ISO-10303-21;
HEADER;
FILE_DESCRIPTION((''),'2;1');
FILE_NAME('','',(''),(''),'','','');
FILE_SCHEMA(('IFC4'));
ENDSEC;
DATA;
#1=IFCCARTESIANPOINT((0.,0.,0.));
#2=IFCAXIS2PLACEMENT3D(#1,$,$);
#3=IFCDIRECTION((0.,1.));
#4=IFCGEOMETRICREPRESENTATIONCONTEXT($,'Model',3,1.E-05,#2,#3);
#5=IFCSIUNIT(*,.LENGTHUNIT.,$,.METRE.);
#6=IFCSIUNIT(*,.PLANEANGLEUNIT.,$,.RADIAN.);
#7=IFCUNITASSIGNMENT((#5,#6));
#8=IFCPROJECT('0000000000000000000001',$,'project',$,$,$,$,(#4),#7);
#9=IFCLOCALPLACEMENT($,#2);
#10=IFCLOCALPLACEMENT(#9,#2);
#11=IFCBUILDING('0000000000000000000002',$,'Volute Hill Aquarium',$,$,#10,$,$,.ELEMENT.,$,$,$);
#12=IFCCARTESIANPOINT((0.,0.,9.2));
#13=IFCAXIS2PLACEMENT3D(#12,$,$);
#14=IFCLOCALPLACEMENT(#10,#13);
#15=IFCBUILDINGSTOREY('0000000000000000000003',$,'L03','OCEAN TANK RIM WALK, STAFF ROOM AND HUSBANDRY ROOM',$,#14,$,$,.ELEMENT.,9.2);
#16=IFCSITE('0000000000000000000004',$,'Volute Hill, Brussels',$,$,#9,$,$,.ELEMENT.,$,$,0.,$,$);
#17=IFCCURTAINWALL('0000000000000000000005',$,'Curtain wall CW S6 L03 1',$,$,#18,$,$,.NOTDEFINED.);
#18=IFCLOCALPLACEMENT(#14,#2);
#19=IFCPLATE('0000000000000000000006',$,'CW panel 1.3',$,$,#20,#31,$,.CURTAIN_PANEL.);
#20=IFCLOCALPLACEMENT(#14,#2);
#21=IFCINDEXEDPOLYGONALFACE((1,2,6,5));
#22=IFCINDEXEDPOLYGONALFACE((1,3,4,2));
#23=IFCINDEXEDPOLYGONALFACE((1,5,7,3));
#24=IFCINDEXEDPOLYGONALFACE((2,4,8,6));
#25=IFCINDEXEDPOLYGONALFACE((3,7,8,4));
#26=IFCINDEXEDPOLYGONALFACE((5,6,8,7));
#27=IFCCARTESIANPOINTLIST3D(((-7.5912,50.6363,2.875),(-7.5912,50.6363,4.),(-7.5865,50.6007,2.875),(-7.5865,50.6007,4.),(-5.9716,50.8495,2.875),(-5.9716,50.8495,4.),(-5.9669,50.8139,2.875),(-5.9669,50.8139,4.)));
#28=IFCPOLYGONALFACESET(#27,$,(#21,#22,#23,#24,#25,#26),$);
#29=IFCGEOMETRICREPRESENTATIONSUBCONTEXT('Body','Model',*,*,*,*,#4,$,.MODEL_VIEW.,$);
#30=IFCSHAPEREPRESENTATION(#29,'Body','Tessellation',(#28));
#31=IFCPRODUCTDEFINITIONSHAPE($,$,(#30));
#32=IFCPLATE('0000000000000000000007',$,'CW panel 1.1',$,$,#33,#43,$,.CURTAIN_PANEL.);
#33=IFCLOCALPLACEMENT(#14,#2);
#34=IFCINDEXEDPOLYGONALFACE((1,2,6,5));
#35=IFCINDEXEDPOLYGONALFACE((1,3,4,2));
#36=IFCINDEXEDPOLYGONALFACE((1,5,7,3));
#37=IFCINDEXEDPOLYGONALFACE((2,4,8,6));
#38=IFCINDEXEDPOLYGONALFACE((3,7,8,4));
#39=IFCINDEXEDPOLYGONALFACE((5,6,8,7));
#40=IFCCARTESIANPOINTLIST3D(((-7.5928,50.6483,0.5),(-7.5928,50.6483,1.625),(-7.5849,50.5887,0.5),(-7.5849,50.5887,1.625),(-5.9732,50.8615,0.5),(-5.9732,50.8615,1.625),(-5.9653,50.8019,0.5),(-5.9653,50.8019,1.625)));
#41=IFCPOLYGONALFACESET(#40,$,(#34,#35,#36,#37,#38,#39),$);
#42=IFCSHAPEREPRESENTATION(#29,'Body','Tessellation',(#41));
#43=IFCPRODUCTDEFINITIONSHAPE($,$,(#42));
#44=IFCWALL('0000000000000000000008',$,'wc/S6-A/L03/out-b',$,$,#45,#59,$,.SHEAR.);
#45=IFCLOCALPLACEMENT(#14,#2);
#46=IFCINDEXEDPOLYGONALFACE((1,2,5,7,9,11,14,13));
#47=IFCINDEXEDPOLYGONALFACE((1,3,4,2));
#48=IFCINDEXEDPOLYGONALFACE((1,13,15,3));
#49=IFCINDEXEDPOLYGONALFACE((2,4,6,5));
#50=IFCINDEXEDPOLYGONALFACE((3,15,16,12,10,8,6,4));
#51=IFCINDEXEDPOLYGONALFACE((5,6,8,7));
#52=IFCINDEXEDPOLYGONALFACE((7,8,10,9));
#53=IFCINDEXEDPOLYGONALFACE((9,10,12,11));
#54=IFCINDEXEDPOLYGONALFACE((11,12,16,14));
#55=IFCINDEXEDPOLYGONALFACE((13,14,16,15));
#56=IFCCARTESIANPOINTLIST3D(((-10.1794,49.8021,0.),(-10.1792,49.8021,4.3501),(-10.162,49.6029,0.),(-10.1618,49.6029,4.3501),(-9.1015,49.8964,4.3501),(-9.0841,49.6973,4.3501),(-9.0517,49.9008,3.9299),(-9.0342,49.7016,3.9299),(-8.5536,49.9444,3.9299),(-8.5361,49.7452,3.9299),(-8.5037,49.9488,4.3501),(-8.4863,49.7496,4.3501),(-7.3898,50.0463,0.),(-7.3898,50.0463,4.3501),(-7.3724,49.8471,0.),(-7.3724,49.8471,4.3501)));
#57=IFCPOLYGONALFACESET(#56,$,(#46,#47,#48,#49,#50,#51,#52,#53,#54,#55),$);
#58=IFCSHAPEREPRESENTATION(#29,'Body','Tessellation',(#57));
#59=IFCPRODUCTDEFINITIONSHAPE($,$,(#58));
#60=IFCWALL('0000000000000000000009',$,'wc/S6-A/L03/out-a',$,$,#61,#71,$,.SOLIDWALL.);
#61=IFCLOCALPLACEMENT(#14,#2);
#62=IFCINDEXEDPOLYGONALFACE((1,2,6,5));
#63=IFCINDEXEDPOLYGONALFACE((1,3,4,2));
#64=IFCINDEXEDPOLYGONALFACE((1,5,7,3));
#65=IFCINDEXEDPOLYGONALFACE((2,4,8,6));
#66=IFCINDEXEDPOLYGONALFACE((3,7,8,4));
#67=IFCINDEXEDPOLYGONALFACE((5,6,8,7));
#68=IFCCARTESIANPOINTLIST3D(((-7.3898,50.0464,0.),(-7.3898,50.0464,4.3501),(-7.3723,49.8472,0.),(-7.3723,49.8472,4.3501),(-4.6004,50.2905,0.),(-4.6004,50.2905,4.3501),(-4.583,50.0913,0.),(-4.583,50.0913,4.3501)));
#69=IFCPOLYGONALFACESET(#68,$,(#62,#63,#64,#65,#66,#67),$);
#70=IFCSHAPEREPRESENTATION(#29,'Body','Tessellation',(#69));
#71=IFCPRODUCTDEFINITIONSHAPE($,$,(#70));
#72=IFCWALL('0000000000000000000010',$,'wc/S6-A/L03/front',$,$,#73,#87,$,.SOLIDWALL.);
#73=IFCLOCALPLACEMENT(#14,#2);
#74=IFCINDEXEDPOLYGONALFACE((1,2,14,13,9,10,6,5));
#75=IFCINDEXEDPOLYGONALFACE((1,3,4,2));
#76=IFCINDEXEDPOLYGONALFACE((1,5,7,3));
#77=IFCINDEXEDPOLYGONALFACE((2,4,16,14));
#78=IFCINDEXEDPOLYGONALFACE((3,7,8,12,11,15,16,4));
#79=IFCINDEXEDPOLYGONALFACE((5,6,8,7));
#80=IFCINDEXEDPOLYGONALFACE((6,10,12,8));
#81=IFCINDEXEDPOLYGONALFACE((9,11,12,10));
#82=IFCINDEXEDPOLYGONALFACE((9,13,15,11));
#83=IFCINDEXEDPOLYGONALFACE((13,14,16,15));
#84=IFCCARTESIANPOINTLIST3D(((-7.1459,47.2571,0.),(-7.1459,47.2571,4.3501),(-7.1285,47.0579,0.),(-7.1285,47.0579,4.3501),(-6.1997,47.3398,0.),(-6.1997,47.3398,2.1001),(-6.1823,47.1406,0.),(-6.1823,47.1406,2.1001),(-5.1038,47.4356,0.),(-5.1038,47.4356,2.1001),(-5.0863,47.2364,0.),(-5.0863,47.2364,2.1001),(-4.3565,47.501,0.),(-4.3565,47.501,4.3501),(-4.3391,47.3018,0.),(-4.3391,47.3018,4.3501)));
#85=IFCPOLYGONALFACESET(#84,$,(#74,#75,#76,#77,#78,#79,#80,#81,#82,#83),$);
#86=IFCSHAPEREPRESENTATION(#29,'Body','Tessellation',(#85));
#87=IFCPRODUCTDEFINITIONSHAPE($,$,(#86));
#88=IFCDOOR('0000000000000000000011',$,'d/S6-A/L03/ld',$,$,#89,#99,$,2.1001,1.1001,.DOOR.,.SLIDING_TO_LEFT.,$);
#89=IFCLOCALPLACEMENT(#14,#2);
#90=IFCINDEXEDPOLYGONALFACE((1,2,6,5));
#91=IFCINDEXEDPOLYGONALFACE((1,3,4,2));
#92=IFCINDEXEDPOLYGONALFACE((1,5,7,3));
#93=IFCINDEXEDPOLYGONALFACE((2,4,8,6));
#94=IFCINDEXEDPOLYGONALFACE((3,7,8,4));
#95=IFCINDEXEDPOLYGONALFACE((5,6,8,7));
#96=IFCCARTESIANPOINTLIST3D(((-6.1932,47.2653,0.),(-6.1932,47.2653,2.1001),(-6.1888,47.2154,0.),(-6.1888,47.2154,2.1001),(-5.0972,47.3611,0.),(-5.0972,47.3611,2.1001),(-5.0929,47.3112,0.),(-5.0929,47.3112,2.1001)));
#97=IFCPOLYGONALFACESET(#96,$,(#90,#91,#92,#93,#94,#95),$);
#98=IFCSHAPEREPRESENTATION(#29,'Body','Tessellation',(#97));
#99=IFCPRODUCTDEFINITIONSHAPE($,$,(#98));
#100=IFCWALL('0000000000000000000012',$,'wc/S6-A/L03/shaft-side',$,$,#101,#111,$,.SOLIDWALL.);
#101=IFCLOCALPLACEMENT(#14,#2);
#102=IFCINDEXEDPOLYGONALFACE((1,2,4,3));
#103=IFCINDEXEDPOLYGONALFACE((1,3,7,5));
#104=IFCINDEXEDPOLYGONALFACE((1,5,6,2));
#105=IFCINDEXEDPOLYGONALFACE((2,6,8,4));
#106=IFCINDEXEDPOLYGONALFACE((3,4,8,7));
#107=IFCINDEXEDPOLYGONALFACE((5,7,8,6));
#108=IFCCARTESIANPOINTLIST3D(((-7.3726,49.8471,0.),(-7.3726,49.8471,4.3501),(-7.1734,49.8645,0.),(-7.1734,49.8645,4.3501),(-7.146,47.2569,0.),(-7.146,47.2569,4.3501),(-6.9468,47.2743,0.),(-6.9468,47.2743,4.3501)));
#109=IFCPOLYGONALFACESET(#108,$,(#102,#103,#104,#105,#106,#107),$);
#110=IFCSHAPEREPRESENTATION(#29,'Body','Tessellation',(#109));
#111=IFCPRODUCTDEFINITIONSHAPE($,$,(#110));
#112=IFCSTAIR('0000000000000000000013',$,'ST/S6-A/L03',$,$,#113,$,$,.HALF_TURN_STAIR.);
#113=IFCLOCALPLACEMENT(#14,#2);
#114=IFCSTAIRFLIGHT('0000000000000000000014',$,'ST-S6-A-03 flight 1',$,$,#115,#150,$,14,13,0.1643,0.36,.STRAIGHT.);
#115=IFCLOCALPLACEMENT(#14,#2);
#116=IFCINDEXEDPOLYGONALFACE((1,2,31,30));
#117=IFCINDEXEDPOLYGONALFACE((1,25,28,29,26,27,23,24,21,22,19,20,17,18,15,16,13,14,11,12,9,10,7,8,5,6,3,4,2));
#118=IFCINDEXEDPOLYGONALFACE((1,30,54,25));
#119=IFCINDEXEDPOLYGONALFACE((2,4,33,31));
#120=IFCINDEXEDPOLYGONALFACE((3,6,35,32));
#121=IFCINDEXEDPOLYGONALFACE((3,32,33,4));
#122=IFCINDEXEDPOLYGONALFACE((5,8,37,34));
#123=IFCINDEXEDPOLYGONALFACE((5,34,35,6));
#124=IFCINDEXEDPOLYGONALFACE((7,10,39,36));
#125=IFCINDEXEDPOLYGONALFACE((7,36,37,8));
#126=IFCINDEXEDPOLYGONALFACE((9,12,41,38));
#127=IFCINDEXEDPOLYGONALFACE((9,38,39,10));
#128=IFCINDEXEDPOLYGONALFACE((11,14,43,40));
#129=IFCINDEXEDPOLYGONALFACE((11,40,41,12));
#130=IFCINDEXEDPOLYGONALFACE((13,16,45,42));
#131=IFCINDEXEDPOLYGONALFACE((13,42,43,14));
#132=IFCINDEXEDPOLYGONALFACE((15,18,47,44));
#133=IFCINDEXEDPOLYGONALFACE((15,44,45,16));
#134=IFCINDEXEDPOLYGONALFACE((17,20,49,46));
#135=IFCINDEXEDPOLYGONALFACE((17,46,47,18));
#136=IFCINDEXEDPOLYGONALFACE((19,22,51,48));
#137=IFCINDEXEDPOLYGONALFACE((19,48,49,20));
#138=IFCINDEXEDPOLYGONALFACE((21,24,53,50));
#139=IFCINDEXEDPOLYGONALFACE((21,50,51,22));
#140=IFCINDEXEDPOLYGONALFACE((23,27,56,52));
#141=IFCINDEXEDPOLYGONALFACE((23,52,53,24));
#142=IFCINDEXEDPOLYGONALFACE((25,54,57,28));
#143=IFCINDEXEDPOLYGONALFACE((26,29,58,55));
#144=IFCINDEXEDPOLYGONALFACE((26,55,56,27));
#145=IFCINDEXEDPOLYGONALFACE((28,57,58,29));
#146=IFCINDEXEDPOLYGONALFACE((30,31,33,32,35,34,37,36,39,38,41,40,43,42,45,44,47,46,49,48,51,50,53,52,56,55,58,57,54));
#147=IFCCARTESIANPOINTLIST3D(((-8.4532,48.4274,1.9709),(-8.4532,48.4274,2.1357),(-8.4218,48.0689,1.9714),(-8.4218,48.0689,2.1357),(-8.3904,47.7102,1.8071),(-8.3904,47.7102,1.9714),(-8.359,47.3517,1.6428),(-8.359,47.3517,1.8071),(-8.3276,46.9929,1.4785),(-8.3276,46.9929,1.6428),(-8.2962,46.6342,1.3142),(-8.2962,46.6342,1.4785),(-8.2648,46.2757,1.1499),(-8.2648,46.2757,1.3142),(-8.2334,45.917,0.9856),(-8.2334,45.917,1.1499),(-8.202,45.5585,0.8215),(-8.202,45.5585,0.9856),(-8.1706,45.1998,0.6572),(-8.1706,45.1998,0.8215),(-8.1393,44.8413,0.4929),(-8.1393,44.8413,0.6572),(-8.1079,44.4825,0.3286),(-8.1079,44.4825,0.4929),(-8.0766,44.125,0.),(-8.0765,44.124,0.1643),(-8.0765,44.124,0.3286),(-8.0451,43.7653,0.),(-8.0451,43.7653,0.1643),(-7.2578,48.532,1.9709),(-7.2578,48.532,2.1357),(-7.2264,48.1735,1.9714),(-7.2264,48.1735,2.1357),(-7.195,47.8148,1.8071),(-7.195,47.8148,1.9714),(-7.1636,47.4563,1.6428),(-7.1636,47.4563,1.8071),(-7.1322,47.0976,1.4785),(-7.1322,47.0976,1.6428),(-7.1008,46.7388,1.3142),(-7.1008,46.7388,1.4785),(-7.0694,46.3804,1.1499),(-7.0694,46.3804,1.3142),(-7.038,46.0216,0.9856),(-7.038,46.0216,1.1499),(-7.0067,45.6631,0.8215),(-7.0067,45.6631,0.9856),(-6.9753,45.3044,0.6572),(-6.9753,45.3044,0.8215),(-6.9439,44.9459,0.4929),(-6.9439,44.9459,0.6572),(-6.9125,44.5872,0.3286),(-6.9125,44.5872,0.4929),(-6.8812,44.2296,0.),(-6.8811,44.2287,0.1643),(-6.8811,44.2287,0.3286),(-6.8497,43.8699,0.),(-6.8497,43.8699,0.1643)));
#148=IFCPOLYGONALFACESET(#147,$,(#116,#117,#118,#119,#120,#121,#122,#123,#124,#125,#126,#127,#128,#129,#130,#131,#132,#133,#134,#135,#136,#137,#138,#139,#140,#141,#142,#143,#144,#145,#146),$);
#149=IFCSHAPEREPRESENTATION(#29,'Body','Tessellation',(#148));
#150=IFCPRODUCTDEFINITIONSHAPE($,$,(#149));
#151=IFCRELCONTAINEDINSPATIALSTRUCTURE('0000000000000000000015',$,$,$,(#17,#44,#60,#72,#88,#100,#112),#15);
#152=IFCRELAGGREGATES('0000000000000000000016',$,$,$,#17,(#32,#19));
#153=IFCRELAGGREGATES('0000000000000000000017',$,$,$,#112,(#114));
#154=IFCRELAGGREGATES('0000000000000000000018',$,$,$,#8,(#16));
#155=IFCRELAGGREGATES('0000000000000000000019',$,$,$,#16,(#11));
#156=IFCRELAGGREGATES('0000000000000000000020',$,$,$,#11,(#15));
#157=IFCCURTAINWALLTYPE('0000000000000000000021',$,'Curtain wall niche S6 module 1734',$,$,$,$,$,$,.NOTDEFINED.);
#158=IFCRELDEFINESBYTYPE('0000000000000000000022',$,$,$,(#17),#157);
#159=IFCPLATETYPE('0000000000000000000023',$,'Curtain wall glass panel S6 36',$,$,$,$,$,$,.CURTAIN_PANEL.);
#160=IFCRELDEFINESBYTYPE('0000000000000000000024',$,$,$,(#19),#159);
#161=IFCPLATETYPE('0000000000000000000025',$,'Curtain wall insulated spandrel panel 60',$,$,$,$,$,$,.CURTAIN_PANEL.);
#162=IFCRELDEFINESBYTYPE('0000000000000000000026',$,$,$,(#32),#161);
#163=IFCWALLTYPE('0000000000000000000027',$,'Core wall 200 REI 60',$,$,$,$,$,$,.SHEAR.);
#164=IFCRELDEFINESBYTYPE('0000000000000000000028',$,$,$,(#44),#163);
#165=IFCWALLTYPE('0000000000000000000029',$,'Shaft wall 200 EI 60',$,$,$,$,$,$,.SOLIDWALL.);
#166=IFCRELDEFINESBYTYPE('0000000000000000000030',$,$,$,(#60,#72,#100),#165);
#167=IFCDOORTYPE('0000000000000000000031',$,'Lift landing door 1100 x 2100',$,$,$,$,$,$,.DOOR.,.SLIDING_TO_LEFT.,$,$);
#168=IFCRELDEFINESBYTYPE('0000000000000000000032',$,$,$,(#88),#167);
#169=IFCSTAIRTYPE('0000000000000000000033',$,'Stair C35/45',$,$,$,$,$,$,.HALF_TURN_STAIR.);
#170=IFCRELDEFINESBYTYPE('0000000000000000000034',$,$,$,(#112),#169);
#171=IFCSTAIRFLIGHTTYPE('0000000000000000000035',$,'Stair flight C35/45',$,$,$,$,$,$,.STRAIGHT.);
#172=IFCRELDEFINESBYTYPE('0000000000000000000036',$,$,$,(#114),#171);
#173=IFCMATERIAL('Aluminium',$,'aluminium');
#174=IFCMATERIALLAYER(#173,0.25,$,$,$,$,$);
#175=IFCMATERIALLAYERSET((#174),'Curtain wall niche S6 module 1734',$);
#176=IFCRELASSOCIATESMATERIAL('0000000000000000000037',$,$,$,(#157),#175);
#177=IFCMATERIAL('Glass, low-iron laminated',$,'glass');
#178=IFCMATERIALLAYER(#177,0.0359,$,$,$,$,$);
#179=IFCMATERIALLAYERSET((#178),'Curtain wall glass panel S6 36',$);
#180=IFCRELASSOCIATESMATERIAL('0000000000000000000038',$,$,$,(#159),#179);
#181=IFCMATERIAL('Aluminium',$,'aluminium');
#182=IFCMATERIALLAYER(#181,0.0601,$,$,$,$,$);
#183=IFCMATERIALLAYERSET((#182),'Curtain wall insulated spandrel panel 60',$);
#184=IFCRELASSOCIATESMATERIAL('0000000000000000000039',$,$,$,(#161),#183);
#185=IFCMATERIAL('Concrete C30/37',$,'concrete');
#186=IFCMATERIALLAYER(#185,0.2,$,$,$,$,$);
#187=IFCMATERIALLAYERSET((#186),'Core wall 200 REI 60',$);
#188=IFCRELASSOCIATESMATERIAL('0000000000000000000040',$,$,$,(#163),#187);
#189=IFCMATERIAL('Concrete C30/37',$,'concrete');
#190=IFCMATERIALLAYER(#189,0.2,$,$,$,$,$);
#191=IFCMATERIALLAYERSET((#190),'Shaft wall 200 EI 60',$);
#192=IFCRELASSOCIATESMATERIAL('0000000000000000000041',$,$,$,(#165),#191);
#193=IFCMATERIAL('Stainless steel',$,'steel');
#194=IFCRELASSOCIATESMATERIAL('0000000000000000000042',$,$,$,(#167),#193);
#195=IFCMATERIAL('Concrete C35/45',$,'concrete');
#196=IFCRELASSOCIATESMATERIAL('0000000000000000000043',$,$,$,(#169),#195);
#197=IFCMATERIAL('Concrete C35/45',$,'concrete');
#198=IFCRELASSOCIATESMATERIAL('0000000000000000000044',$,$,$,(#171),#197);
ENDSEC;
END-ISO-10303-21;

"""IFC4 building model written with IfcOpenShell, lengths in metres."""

from ifc_helpers import new_model, si_unit, direction, frame, frame_2d, origin, origin_2d, place, context, subcontext, project, spatial, polyline, rectangle, outline, extrude, material, layer, layer_set, type_object, element, fill, aggregate, save


model = new_model("IFC4")

# Units and contexts
model_context = context("Model", 3, precision=1e-05, world=origin(), true_north=direction((0.0, 1.0)))
body_context = subcontext(model_context, "Body", "Model", "MODEL_VIEW")
ifc_project = project(units=[si_unit("LENGTHUNIT", "METRE"), si_unit("PLANEANGLEUNIT", "RADIAN")], contexts=[model_context])

# Site, building, storey
site_placement = place(None, origin())
site = spatial("IfcSite", under=ifc_project, at=site_placement, Name="Volute Hill, Brussels", CompositionType="ELEMENT", RefElevation=0.0)
building_placement = place(site_placement, origin())
building = spatial("IfcBuilding", under=site, at=building_placement, Name="Volute Hill Aquarium", CompositionType="ELEMENT")
storey_placement = place(building_placement, frame((0.0, 0.0, 9.2)))
storey = spatial("IfcBuildingStorey", under=building, at=storey_placement, Name="L03", Description="OCEAN TANK RIM WALK, STAFF ROOM AND HUSBANDRY ROOM", CompositionType="ELEMENT", Elevation=9.2)

# Curtain wall
ifc_material_1 = material(Name="Aluminium", Category="aluminium")
ifc_layer_1 = layer(ifc_material_1, 0.25)
ifc_layer_set_1 = layer_set([ifc_layer_1], Name="Curtain wall niche S6 module 1734")
curtain_wall_type = type_object("IfcCurtainWallType", Name="Curtain wall niche S6 module 1734", PredefinedType="NOTDEFINED", material=ifc_layer_set_1)
curtain_wall_placement = place(storey_placement, origin())
curtain_wall = element("IfcCurtainWall", 1, at=curtain_wall_placement, inside=storey, type_object=curtain_wall_type, Name="Curtain wall CW S6 L03 1", PredefinedType="NOTDEFINED")

# Plates
ifc_material_2 = material(Name="Glass, low-iron laminated", Category="glass")
ifc_layer_2 = layer(ifc_material_2, 0.0359)
ifc_layer_set_2 = layer_set([ifc_layer_2], Name="Curtain wall glass panel S6 36")
plate_type_1 = type_object("IfcPlateType", Name="Curtain wall glass panel S6 36", PredefinedType="CURTAIN_PANEL", material=ifc_layer_set_2)
plate_1_placement = place(storey_placement, frame((-6.7791, 50.7251, 2.875), z_axis=(0.0, 0.0, 1.0), x_axis=(-0.991445, -0.130524, 0.0)))
plate_1 = element("IfcPlate", 2, at=plate_1_placement, type_object=plate_type_1, Name="CW panel 1.3", PredefinedType="CURTAIN_PANEL", context=body_context, shape_type="SweptSolid", body=[
    extrude(rectangle(XDim=1.6335, YDim=0.0359, at=origin_2d()), origin(), (0.0, 0.0, 1.0), 1.125),
])
ifc_material_3 = material(Name="Aluminium", Category="aluminium")
ifc_layer_3 = layer(ifc_material_3, 0.0601)
ifc_layer_set_3 = layer_set([ifc_layer_3], Name="Curtain wall insulated spandrel panel 60")
plate_type_2 = type_object("IfcPlateType", Name="Curtain wall insulated spandrel panel 60", PredefinedType="CURTAIN_PANEL", material=ifc_layer_set_3)
plate_2_placement = place(storey_placement, frame((-6.7791, 50.7251, 0.5), z_axis=(0.0, 0.0, 1.0), x_axis=(-0.991445, -0.130524, 0.0)))
plate_2 = element("IfcPlate", 3, at=plate_2_placement, type_object=plate_type_2, Name="CW panel 1.1", PredefinedType="CURTAIN_PANEL", context=body_context, shape_type="SweptSolid", body=[
    extrude(rectangle(XDim=1.6335, YDim=0.0601, at=origin_2d()), origin(), (0.0, 0.0, 1.0), 1.125),
])
aggregate(curtain_wall, [plate_2, plate_1])

# Walls
ifc_material_4 = material(Name="Concrete C30/37", Category="concrete")
ifc_layer_4 = layer(ifc_material_4, 0.2)
ifc_layer_set_4 = layer_set([ifc_layer_4], Name="Core wall 200 REI 60")
wall_type_1 = type_object("IfcWallType", Name="Core wall 200 REI 60", PredefinedType="SHEAR", material=ifc_layer_set_4)
wall_1_placement = place(storey_placement, frame((-7.3811, 49.9468, 0.0), z_axis=(0.0, 0.0, 1.0), x_axis=(-0.996192, -0.087186, 0.0)))
element("IfcWall", 4, at=wall_1_placement, inside=storey, type_object=wall_type_1, Name="wc/S6-A/L03/out-b", PredefinedType="SHEAR", context=body_context, shape_type="SweptSolid", body=[
    extrude(outline(polyline([(0.0, 0.0), (2.8003, 0.0), (2.8, 4.3501), (1.7183, 4.3501), (1.6682, 3.9299), (1.1682, 3.9299), (1.1182, 4.3501), (0.0, 4.3501), (0.0, 0.0)])), frame((0.0, 0.1001, 0.0), z_axis=(0.0, -1.0, 0.0), x_axis=(1.0, 0.0, 0.0)), (0.0, 0.0, 1.0), 0.2),
])
ifc_material_5 = material(Name="Concrete C30/37", Category="concrete")
ifc_layer_5 = layer(ifc_material_5, 0.2)
ifc_layer_set_5 = layer_set([ifc_layer_5], Name="Shaft wall 200 EI 60")
wall_type_2 = type_object("IfcWallType", Name="Shaft wall 200 EI 60", PredefinedType="SOLIDWALL", material=ifc_layer_set_5)
wall_2_placement = place(storey_placement, frame((-4.5918, 50.1909, 0.0), z_axis=(0.0, 0.0, 1.0), x_axis=(-0.996191, -0.087194, 0.0)))
element("IfcWall", 5, at=wall_2_placement, inside=storey, type_object=wall_type_2, Name="wc/S6-A/L03/out-a", PredefinedType="SOLIDWALL", context=body_context, shape_type="SweptSolid", body=[
    extrude(rectangle(XDim=2.8, YDim=0.2, at=frame_2d((1.3999, 0.0))), origin(), (0.0, 0.0, 1.0), 4.3501),
])

# Wall, opening, door
wall_3_placement = place(storey_placement, frame((-4.3479, 47.4014, 0.0), z_axis=(0.0, 0.0, 1.0), x_axis=(-0.996199, -0.087107, 0.0)))
wall_3 = element("IfcWall", 6, at=wall_3_placement, inside=storey, type_object=wall_type_2, Name="wc/S6-A/L03/front", PredefinedType="SOLIDWALL", context=body_context, shape_type="SweptSolid", body=[
    extrude(rectangle(XDim=2.8, YDim=0.2, at=frame_2d((1.3999, 0.0))), origin(), (0.0, 0.0, 1.0), 4.3501),
])
opening_placement = place(wall_3_placement, frame((0.75, 0.0, 0.0)))
opening = element("IfcOpeningElement", 7, at=opening_placement, cuts=wall_3, PredefinedType="OPENING", context=body_context, shape_type="SweptSolid", body=[
    extrude(rectangle(XDim=1.1001, YDim=2.1001, at=frame_2d((0.55, 1.05))), frame((0.0, 0.1099, 0.0), z_axis=(0.0, -1.0, 0.0), x_axis=(1.0, 0.0, 0.0)), (0.0, 0.0, 1.0), 0.22),
])
ifc_material_6 = material(Name="Stainless steel", Category="steel")
door_type = type_object("IfcDoorType", Name="Lift landing door 1100 x 2100", OperationType="SLIDING_TO_LEFT", PredefinedType="DOOR", material=ifc_material_6)
door_placement = place(opening_placement, origin())
door = element("IfcDoor", 8, at=door_placement, inside=storey, type_object=door_type, Name="d/S6-A/L03/ld", OperationType="SLIDING_TO_LEFT", OverallHeight=2.1001, OverallWidth=1.1001, PredefinedType="DOOR", context=body_context, shape_type="SweptSolid", body=[
    extrude(rectangle(XDim=1.1001, YDim=2.1001, at=frame_2d((0.55, 1.05))), frame((0.0, 0.0249, 0.0), z_axis=(0.0, -1.0, 0.0), x_axis=(1.0, 0.0, 0.0)), (0.0, 0.0, 1.0), 0.05),
])
fill(opening, door)

# Wall
wall_4_placement = place(storey_placement, frame((-7.0464, 47.2656, 0.0), z_axis=(0.0, 0.0, 1.0), x_axis=(-0.08714, 0.996196, 0.0)))
element("IfcWall", 9, at=wall_4_placement, inside=storey, type_object=wall_type_2, Name="wc/S6-A/L03/shaft-side", PredefinedType="SOLIDWALL", context=body_context, shape_type="SweptSolid", body=[
    extrude(rectangle(XDim=2.6001, YDim=0.2, at=frame_2d((1.3, 0.0))), origin(), (0.0, 0.0, 1.0), 4.3501),
])

# Stair, stair flight
ifc_material_7 = material(Name="Concrete C35/45", Category="concrete")
stair_type = type_object("IfcStairType", Name="Stair C35/45", PredefinedType="HALF_TURN_STAIR", material=ifc_material_7)
stair_placement = place(storey_placement, origin())
stair = element("IfcStair", 10, at=stair_placement, inside=storey, type_object=stair_type, Name="ST/S6-A/L03", PredefinedType="HALF_TURN_STAIR")
ifc_material_8 = material(Name="Concrete C35/45", Category="concrete")
stair_flight_type = type_object("IfcStairFlightType", Name="Stair flight C35/45", PredefinedType="STRAIGHT", material=ifc_material_8)
stair_flight_1_placement = place(storey_placement, frame((-7.4473, 43.8176, 0.0), z_axis=(0.0, 0.0, 1.0), x_axis=(-0.087199, 0.996191, 0.0)))
stair_flight_1 = element("IfcStairFlight", 11, at=stair_flight_1_placement, type_object=stair_flight_type, Name="ST-S6-A-03 flight 1", NumberOfRisers=14, NumberOfTreads=13, PredefinedType="STRAIGHT", RiserHeight=0.1643, TreadLength=0.36, context=body_context, shape_type="SweptSolid", body=[
    extrude(outline(polyline([(0.0, 0.0), (0.0, 0.1643), (0.3601, 0.1643), (0.3601, 0.3286), (0.72, 0.3286), (0.72, 0.4929), (1.0801, 0.4929), (1.0801, 0.6572), (1.4399, 0.6572), (1.4399, 0.8215), (1.8, 0.8215), (1.8, 0.9856), (2.1599, 0.9856), (2.1599, 1.1499), (2.52, 1.1499), (2.52, 1.3142), (2.8799, 1.3142), (2.8799, 1.4785), (3.24, 1.4785), (3.24, 1.6428), (3.6001, 1.6428), (3.6001, 1.8071), (3.96, 1.8071), (3.96, 1.9714), (4.3201, 1.9714), (4.3201, 2.1357), (4.6799, 2.1357), (4.6799, 2.3), (4.6799, 1.9709), (0.3611, 0.0), (0.0, 0.0)])), frame((0.0, 0.6001, 0.0), z_axis=(0.0, -1.0, 0.0), x_axis=(1.0, 0.0, 0.0)), (0.0, 0.0, 1.0), 1.2),
])
aggregate(stair, [stair_flight_1])

save(model, "model.ifc")
